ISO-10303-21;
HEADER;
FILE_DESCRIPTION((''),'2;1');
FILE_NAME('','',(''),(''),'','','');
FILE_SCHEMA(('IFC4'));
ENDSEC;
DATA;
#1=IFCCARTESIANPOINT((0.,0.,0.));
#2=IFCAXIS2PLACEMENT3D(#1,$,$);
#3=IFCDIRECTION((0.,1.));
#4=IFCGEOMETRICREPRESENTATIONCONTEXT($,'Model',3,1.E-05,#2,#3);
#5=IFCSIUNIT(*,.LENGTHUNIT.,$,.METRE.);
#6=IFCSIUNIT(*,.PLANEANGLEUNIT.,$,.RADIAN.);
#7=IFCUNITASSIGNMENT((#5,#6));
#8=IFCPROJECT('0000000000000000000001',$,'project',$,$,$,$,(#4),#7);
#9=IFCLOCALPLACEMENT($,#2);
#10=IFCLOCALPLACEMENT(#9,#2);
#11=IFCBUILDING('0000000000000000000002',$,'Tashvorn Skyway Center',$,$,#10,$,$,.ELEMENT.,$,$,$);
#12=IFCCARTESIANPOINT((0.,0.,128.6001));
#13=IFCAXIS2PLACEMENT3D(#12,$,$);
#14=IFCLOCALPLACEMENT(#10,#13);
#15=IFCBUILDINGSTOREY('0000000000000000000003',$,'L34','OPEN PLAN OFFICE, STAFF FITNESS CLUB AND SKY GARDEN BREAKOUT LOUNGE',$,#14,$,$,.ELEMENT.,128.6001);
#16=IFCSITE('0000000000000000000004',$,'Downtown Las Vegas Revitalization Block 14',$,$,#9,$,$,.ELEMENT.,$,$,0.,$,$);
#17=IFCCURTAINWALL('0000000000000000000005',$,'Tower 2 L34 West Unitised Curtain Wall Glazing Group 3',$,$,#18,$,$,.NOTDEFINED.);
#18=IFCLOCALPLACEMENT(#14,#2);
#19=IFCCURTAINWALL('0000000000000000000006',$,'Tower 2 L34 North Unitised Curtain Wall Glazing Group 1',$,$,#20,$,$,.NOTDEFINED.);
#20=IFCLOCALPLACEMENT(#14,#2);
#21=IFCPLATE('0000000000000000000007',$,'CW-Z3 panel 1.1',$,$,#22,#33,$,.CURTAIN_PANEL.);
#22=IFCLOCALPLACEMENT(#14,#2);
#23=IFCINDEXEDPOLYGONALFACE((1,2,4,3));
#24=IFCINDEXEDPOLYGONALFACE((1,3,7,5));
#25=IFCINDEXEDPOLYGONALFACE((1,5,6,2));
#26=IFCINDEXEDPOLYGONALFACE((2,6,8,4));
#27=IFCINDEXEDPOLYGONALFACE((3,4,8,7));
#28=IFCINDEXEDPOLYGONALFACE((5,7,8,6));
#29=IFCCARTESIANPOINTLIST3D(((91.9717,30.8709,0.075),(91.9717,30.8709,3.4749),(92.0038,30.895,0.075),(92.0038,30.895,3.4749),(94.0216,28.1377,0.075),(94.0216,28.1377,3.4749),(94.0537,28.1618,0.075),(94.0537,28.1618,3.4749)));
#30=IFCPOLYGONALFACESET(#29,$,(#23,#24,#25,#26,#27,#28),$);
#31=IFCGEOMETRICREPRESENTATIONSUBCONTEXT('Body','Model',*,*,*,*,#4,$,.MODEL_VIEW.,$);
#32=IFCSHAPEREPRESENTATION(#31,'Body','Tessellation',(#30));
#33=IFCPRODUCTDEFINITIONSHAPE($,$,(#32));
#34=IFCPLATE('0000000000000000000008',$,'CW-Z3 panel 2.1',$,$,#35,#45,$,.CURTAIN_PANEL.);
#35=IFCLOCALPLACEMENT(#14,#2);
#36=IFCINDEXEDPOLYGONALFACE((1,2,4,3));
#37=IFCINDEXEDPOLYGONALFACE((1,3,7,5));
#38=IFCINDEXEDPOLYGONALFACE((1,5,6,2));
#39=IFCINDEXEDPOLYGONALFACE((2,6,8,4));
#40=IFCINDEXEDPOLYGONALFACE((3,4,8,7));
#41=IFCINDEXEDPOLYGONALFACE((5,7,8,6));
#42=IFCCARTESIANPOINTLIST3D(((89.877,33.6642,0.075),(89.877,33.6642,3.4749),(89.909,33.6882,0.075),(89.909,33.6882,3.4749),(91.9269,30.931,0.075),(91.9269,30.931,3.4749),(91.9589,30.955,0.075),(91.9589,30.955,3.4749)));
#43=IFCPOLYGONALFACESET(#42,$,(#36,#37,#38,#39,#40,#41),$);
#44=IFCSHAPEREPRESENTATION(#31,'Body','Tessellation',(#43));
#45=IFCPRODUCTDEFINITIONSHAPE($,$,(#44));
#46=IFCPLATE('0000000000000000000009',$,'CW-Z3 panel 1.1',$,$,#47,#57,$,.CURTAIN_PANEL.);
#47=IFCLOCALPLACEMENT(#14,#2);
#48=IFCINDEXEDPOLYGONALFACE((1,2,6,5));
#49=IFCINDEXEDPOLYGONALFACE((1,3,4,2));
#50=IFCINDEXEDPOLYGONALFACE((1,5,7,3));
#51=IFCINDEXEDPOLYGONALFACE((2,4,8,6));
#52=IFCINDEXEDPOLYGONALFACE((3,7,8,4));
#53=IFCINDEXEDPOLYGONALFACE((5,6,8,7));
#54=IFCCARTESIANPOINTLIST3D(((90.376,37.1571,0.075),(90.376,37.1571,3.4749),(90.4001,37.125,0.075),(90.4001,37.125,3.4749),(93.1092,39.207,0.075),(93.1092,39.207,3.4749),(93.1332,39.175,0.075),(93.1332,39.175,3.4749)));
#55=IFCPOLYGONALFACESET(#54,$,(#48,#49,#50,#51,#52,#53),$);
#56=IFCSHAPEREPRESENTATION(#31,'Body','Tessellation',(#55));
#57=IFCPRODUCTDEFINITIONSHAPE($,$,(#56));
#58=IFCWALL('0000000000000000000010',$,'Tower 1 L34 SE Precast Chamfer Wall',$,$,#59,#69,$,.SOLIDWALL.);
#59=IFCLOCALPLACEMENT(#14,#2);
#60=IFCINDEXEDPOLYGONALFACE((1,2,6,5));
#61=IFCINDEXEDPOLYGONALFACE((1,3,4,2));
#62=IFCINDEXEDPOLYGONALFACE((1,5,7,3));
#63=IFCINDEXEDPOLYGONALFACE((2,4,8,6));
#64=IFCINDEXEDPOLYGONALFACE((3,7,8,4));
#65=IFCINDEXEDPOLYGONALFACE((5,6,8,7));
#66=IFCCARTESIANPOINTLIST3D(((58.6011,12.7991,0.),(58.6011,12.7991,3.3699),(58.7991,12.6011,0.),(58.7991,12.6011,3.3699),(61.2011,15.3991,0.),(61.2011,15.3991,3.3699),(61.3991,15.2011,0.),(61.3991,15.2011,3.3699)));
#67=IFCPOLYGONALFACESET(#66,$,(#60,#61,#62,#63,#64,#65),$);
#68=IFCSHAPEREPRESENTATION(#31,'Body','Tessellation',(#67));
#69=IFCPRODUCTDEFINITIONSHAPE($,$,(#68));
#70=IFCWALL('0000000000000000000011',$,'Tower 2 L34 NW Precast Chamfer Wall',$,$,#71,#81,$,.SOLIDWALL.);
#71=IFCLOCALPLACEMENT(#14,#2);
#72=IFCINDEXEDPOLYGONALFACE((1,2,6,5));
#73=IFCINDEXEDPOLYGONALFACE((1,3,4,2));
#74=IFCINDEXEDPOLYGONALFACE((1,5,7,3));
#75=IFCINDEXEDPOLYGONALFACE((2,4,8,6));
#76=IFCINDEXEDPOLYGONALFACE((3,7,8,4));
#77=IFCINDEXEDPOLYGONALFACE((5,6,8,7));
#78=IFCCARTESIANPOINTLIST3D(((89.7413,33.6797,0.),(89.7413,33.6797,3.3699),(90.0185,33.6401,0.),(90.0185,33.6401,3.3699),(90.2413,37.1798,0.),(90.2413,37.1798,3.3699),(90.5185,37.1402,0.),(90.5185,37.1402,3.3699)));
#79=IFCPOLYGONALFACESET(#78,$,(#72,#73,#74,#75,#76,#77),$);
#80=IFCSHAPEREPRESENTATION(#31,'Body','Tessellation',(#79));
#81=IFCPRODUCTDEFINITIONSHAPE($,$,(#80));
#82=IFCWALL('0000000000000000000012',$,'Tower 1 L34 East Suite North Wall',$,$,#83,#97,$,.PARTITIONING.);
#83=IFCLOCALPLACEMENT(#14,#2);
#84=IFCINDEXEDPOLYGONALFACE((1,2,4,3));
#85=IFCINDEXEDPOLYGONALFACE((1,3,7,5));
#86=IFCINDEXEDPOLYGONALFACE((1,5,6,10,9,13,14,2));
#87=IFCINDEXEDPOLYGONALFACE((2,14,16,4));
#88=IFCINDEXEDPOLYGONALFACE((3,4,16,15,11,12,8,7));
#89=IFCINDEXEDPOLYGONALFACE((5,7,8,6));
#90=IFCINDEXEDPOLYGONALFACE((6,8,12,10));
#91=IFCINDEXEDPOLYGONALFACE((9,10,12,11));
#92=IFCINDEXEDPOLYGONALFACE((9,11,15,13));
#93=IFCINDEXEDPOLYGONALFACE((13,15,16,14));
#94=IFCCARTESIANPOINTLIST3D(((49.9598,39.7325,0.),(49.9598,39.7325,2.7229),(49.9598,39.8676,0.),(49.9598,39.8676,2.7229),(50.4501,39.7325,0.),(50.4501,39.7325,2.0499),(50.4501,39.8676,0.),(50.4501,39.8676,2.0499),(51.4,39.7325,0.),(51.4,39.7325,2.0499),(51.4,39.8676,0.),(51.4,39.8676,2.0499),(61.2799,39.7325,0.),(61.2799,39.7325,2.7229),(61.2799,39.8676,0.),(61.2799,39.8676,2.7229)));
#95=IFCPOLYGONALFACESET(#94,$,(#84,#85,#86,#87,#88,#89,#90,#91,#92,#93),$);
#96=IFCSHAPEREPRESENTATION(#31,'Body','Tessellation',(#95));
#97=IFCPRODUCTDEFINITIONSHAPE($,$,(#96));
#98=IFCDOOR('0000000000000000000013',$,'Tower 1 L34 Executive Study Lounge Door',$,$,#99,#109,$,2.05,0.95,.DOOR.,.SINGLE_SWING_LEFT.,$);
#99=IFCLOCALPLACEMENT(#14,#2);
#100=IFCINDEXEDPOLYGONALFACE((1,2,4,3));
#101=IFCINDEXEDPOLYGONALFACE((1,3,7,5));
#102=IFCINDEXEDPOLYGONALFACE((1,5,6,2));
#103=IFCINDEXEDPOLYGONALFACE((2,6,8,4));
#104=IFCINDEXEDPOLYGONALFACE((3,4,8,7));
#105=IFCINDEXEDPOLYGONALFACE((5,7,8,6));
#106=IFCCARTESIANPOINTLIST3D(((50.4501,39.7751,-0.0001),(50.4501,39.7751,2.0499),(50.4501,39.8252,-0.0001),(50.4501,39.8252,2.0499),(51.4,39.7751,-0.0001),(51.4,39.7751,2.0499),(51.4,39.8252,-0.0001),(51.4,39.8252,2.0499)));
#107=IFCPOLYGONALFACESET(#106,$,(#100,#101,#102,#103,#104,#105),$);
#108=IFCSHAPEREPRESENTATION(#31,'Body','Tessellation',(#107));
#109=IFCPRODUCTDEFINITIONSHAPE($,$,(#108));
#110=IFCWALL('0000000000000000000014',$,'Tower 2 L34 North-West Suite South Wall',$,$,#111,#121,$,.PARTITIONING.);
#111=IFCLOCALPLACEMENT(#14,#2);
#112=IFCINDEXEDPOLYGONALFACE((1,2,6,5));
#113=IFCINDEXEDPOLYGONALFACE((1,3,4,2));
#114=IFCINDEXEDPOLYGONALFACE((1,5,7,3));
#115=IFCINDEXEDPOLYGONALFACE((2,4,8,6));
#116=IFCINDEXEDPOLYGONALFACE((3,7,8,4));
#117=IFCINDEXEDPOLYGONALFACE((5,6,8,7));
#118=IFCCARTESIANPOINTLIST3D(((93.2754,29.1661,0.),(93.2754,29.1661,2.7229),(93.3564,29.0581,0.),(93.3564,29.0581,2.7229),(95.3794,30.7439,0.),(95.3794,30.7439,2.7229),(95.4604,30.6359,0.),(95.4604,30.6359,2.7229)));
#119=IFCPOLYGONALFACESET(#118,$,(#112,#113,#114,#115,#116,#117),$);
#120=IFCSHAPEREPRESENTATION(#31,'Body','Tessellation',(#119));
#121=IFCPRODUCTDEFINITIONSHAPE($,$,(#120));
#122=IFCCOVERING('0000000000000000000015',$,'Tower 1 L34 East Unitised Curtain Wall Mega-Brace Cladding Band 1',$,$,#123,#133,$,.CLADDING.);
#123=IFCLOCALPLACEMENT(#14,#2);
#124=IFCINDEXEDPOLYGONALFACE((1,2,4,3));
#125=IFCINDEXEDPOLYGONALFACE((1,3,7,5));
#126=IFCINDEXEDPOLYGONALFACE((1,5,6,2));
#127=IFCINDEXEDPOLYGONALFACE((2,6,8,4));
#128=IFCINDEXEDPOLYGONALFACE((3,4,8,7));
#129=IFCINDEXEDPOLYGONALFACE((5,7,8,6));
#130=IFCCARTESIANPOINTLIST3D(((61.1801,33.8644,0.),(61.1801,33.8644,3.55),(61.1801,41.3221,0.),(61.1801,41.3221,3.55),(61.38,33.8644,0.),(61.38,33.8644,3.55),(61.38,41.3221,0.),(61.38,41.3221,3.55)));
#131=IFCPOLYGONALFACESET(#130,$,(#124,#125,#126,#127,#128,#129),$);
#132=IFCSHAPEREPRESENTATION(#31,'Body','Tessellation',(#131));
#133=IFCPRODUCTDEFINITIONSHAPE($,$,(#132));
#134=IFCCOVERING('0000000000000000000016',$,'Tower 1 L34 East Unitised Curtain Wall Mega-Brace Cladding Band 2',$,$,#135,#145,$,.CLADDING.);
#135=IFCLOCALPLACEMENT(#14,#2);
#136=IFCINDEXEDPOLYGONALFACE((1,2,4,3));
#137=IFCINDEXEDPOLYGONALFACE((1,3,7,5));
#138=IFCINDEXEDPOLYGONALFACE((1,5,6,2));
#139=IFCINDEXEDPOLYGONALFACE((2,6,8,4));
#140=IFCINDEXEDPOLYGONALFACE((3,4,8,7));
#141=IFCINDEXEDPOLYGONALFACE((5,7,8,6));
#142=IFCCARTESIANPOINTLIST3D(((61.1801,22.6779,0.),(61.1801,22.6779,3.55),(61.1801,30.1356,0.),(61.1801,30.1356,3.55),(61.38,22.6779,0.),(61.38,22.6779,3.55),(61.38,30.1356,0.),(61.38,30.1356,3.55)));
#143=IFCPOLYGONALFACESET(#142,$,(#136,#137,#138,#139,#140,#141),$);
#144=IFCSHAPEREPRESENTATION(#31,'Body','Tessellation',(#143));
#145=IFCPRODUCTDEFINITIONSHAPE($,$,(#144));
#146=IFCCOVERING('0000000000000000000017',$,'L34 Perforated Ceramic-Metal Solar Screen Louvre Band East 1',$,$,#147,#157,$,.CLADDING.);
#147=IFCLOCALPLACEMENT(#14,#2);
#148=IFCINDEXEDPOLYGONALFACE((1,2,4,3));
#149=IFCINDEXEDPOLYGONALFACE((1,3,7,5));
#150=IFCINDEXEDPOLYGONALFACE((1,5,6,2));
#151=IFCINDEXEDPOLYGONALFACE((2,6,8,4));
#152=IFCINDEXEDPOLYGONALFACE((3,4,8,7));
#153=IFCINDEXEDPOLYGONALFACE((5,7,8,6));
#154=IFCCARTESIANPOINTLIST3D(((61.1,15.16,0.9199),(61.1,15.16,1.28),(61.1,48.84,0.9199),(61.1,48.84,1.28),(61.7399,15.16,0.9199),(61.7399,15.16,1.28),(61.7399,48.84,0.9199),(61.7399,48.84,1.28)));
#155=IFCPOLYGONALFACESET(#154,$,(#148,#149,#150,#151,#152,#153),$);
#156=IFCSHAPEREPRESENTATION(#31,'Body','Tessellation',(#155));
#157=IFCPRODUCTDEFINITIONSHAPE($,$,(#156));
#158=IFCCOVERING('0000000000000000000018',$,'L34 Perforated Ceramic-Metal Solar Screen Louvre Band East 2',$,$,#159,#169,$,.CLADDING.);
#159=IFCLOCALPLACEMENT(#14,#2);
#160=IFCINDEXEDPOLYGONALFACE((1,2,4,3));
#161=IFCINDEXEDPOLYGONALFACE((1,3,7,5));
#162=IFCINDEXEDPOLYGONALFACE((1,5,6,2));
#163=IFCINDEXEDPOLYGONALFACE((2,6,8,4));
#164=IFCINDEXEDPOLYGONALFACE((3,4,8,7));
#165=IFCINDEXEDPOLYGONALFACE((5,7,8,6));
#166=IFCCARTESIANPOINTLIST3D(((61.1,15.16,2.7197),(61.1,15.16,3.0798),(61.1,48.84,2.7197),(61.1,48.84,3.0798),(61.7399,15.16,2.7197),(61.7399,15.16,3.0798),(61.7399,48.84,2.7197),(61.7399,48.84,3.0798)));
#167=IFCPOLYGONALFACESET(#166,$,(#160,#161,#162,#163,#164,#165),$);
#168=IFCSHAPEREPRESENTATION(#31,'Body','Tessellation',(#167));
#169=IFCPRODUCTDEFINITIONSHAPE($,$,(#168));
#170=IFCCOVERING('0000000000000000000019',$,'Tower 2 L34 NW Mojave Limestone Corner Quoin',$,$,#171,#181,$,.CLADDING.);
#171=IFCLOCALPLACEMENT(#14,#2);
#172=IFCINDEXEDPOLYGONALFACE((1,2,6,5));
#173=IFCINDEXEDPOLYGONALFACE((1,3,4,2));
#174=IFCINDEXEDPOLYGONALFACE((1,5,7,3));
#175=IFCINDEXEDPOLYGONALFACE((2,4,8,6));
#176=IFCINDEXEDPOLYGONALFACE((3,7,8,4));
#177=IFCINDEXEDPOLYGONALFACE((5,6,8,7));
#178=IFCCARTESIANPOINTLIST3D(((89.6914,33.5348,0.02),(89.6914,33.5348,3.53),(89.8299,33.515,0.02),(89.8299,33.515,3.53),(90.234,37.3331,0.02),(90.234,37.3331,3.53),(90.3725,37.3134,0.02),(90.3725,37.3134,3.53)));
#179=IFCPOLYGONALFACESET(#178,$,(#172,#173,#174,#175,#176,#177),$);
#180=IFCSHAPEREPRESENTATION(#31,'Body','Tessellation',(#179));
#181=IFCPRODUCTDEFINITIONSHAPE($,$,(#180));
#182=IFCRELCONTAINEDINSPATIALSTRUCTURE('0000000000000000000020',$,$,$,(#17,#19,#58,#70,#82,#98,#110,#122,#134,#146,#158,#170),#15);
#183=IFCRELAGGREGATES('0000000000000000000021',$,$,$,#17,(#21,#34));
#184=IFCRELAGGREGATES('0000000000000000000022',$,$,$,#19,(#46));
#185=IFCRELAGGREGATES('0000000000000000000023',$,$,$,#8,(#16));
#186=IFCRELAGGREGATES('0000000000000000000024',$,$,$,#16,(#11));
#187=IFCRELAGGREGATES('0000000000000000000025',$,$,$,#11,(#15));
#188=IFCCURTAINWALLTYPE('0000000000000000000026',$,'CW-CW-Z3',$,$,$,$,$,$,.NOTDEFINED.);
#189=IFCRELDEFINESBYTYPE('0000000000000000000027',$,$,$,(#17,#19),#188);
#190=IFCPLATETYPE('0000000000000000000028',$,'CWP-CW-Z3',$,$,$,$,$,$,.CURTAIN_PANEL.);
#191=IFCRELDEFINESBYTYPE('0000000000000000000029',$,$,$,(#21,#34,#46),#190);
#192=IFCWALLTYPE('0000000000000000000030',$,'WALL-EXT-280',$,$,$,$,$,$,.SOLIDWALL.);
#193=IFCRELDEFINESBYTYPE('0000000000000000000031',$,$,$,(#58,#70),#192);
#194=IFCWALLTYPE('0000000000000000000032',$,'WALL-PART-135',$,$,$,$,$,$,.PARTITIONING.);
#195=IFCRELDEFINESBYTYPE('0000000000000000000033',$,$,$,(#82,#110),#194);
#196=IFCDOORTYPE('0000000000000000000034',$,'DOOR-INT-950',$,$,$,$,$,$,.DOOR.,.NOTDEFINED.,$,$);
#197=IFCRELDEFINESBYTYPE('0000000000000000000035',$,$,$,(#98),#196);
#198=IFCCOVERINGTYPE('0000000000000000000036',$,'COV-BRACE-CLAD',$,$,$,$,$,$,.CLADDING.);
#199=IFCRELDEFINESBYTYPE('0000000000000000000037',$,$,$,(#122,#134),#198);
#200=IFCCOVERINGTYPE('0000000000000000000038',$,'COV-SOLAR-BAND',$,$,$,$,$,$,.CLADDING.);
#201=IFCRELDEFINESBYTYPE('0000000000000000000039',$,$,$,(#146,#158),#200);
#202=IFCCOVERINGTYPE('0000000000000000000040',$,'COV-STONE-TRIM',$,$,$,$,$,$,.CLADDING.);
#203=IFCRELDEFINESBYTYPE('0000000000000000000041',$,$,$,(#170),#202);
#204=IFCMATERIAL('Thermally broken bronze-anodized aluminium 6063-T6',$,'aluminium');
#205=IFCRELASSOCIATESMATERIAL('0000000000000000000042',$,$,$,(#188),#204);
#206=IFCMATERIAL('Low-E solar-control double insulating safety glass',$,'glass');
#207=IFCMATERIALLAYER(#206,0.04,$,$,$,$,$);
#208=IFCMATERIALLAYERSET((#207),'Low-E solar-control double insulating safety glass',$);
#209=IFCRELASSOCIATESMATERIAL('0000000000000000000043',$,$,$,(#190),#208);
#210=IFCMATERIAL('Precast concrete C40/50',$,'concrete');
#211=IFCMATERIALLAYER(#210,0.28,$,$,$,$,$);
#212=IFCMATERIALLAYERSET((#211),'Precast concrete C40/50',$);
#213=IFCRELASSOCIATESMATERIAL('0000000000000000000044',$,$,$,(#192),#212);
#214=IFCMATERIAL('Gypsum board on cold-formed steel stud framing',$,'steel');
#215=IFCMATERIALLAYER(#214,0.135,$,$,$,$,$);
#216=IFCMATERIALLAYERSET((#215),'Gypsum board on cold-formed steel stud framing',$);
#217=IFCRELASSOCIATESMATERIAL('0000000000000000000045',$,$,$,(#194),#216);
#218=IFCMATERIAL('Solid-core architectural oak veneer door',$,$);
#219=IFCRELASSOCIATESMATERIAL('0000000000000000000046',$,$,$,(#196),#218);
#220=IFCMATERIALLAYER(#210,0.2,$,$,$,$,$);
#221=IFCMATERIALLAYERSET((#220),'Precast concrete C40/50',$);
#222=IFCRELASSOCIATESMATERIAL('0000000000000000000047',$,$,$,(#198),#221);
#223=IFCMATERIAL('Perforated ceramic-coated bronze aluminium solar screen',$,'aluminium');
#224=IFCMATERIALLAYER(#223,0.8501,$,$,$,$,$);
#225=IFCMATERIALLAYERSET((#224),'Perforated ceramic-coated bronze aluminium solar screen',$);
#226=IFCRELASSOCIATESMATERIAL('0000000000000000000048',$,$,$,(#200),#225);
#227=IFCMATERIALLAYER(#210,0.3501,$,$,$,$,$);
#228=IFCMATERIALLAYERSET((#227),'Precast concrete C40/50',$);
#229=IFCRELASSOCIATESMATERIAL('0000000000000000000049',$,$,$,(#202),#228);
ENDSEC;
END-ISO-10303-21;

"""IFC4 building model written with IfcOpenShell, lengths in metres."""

from ifc_helpers import new_model, si_unit, direction, frame, frame_2d, origin, origin_2d, place, context, subcontext, project, spatial, rectangle, extrude, material, layer, layer_set, type_object, element, fill, aggregate, save


model = new_model("IFC4")

# Units and contexts
model_context = context("Model", 3, precision=1e-05, world=origin(), true_north=direction((0.0, 1.0)))
body_context = subcontext(model_context, "Body", "Model", "MODEL_VIEW")
ifc_project = project(units=[si_unit("LENGTHUNIT", "METRE"), si_unit("PLANEANGLEUNIT", "RADIAN")], contexts=[model_context])

# Site, building, storey
site_placement = place(None, origin())
site = spatial("IfcSite", under=ifc_project, at=site_placement, Name="Downtown Las Vegas Revitalization Block 14", CompositionType="ELEMENT", RefElevation=0.0)
building_placement = place(site_placement, origin())
building = spatial("IfcBuilding", under=site, at=building_placement, Name="Tashvorn Skyway Center", CompositionType="ELEMENT")
storey_placement = place(building_placement, frame((0.0, 0.0, 128.6001)))
storey = spatial("IfcBuildingStorey", under=building, at=storey_placement, Name="L34", Description="OPEN PLAN OFFICE, STAFF FITNESS CLUB AND SKY GARDEN BREAKOUT LOUNGE", CompositionType="ELEMENT", Elevation=128.6001)

# Curtain walls
ifc_material_1 = material(Name="Thermally broken bronze-anodized aluminium 6063-T6", Category="aluminium")
curtain_wall_type = type_object("IfcCurtainWallType", Name="CW-CW-Z3", PredefinedType="NOTDEFINED", material=ifc_material_1)
curtain_wall_1_placement = place(storey_placement, origin())
curtain_wall_1 = element("IfcCurtainWall", 1, at=curtain_wall_1_placement, inside=storey, type_object=curtain_wall_type, Name="Tower 2 L34 West Unitised Curtain Wall Glazing Group 3", PredefinedType="NOTDEFINED")
curtain_wall_2_placement = place(storey_placement, origin())
curtain_wall_2 = element("IfcCurtainWall", 2, at=curtain_wall_2_placement, inside=storey, type_object=curtain_wall_type, Name="Tower 2 L34 North Unitised Curtain Wall Glazing Group 1", PredefinedType="NOTDEFINED")

# Plates
ifc_material_2 = material(Name="Low-E solar-control double insulating safety glass", Category="glass")
ifc_layer_1 = layer(ifc_material_2, 0.04)
ifc_layer_set_1 = layer_set([ifc_layer_1], Name="Low-E solar-control double insulating safety glass")
plate_type = type_object("IfcPlateType", Name="CWP-CW-Z3", PredefinedType="CURTAIN_PANEL", material=ifc_layer_set_1)
plate_1_placement = place(storey_placement, frame((93.0127, 29.5164, 0.075), z_axis=(0.0, 0.0, 1.0), x_axis=(-0.600005, 0.799997, 0.0)))
plate_1 = element("IfcPlate", 3, at=plate_1_placement, type_object=plate_type, Name="CW-Z3 panel 1.1", PredefinedType="CURTAIN_PANEL", context=body_context, shape_type="SweptSolid", body=[
    extrude(rectangle(XDim=3.4165, YDim=0.04, at=origin_2d()), origin(), (0.0, 0.0, 1.0), 3.3999),
])
plate_2_placement = place(storey_placement, frame((90.918, 32.3096, 0.075), z_axis=(0.0, 0.0, 1.0), x_axis=(-0.600005, 0.799997, 0.0)))
plate_2 = element("IfcPlate", 4, at=plate_2_placement, type_object=plate_type, Name="CW-Z3 panel 2.1", PredefinedType="CURTAIN_PANEL", context=body_context, shape_type="SweptSolid", body=[
    extrude(rectangle(XDim=3.4165, YDim=0.04, at=origin_2d()), origin(), (0.0, 0.0, 1.0), 3.3999),
])
aggregate(curtain_wall_1, [plate_1, plate_2])
plate_3_placement = place(storey_placement, frame((91.7546, 38.166, 0.075), z_axis=(0.0, 0.0, 1.0), x_axis=(0.799997, 0.600005, 0.0)))
plate_3 = element("IfcPlate", 5, at=plate_3_placement, type_object=plate_type, Name="CW-Z3 panel 1.1", PredefinedType="CURTAIN_PANEL", context=body_context, shape_type="SweptSolid", body=[
    extrude(rectangle(XDim=3.4165, YDim=0.04, at=origin_2d()), origin(), (0.0, 0.0, 1.0), 3.3999),
])
aggregate(curtain_wall_2, [plate_3])

# Walls
ifc_material_3 = material(Name="Precast concrete C40/50", Category="concrete")
ifc_layer_2 = layer(ifc_material_3, 0.28)
ifc_layer_set_2 = layer_set([ifc_layer_2], Name="Precast concrete C40/50")
wall_type_1 = type_object("IfcWallType", Name="WALL-EXT-280", PredefinedType="SOLIDWALL", material=ifc_layer_set_2)
wall_1_placement = place(storey_placement, frame((61.3, 15.3, 0.0), z_axis=(0.0, 0.0, 1.0), x_axis=(-0.707107, -0.707107, 0.0)))
element("IfcWall", 6, at=wall_1_placement, inside=storey, type_object=wall_type_1, Name="Tower 1 L34 SE Precast Chamfer Wall", PredefinedType="SOLIDWALL", context=body_context, shape_type="SweptSolid", body=[
    extrude(rectangle(XDim=3.677, YDim=0.28, at=frame_2d((1.8384, 0.0))), origin(), (0.0, 0.0, 1.0), 3.3699),
])
wall_2_placement = place(storey_placement, frame((89.8799, 33.6599, 0.0), z_axis=(0.0, 0.0, 1.0), x_axis=(0.141421, 0.989949, 0.0)))
element("IfcWall", 7, at=wall_2_placement, inside=storey, type_object=wall_type_1, Name="Tower 2 L34 NW Precast Chamfer Wall", PredefinedType="SOLIDWALL", context=body_context, shape_type="SweptSolid", body=[
    extrude(rectangle(XDim=3.5356, YDim=0.28, at=frame_2d((1.7678, 0.0))), origin(), (0.0, 0.0, 1.0), 3.3699),
])

# Wall, opening, door
ifc_material_4 = material(Name="Gypsum board on cold-formed steel stud framing", Category="steel")
ifc_layer_3 = layer(ifc_material_4, 0.135)
ifc_layer_set_3 = layer_set([ifc_layer_3], Name="Gypsum board on cold-formed steel stud framing")
wall_type_2 = type_object("IfcWallType", Name="WALL-PART-135", PredefinedType="PARTITIONING", material=ifc_layer_set_3)
wall_3_placement = place(storey_placement, frame((61.28, 39.8, 0.0), z_axis=(0.0, 0.0, 1.0), x_axis=(-1.0, 0.0, 0.0)))
wall_3 = element("IfcWall", 8, at=wall_3_placement, inside=storey, type_object=wall_type_2, Name="Tower 1 L34 East Suite North Wall", PredefinedType="PARTITIONING", context=body_context, shape_type="SweptSolid", body=[
    extrude(rectangle(XDim=11.3201, YDim=0.135, at=frame_2d((5.6602, 0.0))), origin(), (0.0, 0.0, 1.0), 2.7229),
])
opening_placement = place(wall_3_placement, frame((9.8799, 0.0, 0.0)))
opening = element("IfcOpeningElement", 9, at=opening_placement, cuts=wall_3, PredefinedType="OPENING", context=body_context, shape_type="SweptSolid", body=[
    extrude(rectangle(XDim=0.95, YDim=2.05, at=frame_2d((0.4751, 1.0249))), frame((0.0, 0.0774, 0.0), z_axis=(0.0, -1.0, 0.0), x_axis=(1.0, 0.0, 0.0)), (0.0, 0.0, 1.0), 0.155),
])
ifc_material_5 = material(Name="Solid-core architectural oak veneer door")
door_type = type_object("IfcDoorType", Name="DOOR-INT-950", OperationType="NOTDEFINED", PredefinedType="DOOR", material=ifc_material_5)
door_placement = place(opening_placement, origin())
door = element("IfcDoor", 10, at=door_placement, inside=storey, type_object=door_type, Name="Tower 1 L34 Executive Study Lounge Door", OperationType="SINGLE_SWING_LEFT", OverallHeight=2.05, OverallWidth=0.95, PredefinedType="DOOR", context=body_context, shape_type="SweptSolid", body=[
    extrude(rectangle(XDim=0.95, YDim=2.05, at=frame_2d((0.4751, 1.0249))), frame((0.0, 0.0249, 0.0), z_axis=(0.0, -1.0, 0.0), x_axis=(1.0, 0.0, 0.0)), (0.0, 0.0, 1.0), 0.05),
])
fill(opening, door)

# Wall
wall_4_placement = place(storey_placement, frame((93.3159, 29.1121, 0.0), z_axis=(0.0, 0.0, 1.0), x_axis=(0.800022, 0.59997, 0.0)))
element("IfcWall", 11, at=wall_4_placement, inside=storey, type_object=wall_type_2, Name="Tower 2 L34 North-West Suite South Wall", PredefinedType="PARTITIONING", context=body_context, shape_type="SweptSolid", body=[
    extrude(rectangle(XDim=2.6299, YDim=0.135, at=frame_2d((1.3149, 0.0))), origin(), (0.0, 0.0, 1.0), 2.7229),
])

# Coverings
ifc_layer_4 = layer(ifc_material_3, 0.2)
ifc_layer_set_4 = layer_set([ifc_layer_4], Name="Precast concrete C40/50")
covering_type_1 = type_object("IfcCoveringType", Name="COV-BRACE-CLAD", PredefinedType="CLADDING", material=ifc_layer_set_4)
for number, where, z_axis, x_axis, name in (
    (12, (61.28, 37.5933, 0.0), (0.0, 0.0, 1.0), (0.0, -1.0, 0.0), "Tower 1 L34 East Unitised Curtain Wall Mega-Brace Cladding Band 1"),
    (13, (61.28, 26.4067, 0.0), (0.0, 0.0, 1.0), (0.0, -1.0, 0.0), "Tower 1 L34 East Unitised Curtain Wall Mega-Brace Cladding Band 2"),
):
    element("IfcCovering", number, at=place(storey_placement, frame(where, z_axis=z_axis, x_axis=x_axis)), inside=storey, type_object=covering_type_1, Name=name, PredefinedType="CLADDING", context=body_context, shape_type="SweptSolid", body=[
        extrude(rectangle(XDim=7.4578, YDim=0.2, at=origin_2d()), origin(), (0.0, 0.0, 1.0), 3.55),
    ])
ifc_material_6 = material(Name="Perforated ceramic-coated bronze aluminium solar screen", Category="aluminium")
ifc_layer_5 = layer(ifc_material_6, 0.8501)
ifc_layer_set_5 = layer_set([ifc_layer_5], Name="Perforated ceramic-coated bronze aluminium solar screen")
covering_type_2 = type_object("IfcCoveringType", Name="COV-SOLAR-BAND", PredefinedType="CLADDING", material=ifc_layer_set_5)
for number, where, z_axis, x_axis, name in (
    (14, (61.4199, 32.0, 0.9199), (0.0, 0.0, 1.0), (0.0, -1.0, 0.0), "L34 Perforated Ceramic-Metal Solar Screen Louvre Band East 1"),
    (15, (61.4199, 32.0, 2.7197), (0.0, 0.0, 1.0), (0.0, -1.0, 0.0), "L34 Perforated Ceramic-Metal Solar Screen Louvre Band East 2"),
):
    element("IfcCovering", number, at=place(storey_placement, frame(where, z_axis=z_axis, x_axis=x_axis)), inside=storey, type_object=covering_type_2, Name=name, PredefinedType="CLADDING", context=body_context, shape_type="SweptSolid", body=[
        extrude(rectangle(XDim=33.6799, YDim=0.6399, at=origin_2d()), origin(), (0.0, 0.0, 1.0), 0.3601),
    ])
ifc_layer_6 = layer(ifc_material_3, 0.3501)
ifc_layer_set_6 = layer_set([ifc_layer_6], Name="Precast concrete C40/50")
covering_type_3 = type_object("IfcCoveringType", Name="COV-STONE-TRIM", PredefinedType="CLADDING", material=ifc_layer_set_6)
covering_placement = place(storey_placement, frame((90.032, 35.4241, 0.02), z_axis=(0.0, 0.0, 1.0), x_axis=(-0.141421, -0.989949, 0.0)))
element("IfcCovering", 16, at=covering_placement, inside=storey, type_object=covering_type_3, Name="Tower 2 L34 NW Mojave Limestone Corner Quoin", PredefinedType="CLADDING", context=body_context, shape_type="SweptSolid", body=[
    extrude(rectangle(XDim=3.8369, YDim=0.1399, at=origin_2d()), origin(), (0.0, 0.0, 1.0), 3.51),
])

save(model, "model.ifc")
